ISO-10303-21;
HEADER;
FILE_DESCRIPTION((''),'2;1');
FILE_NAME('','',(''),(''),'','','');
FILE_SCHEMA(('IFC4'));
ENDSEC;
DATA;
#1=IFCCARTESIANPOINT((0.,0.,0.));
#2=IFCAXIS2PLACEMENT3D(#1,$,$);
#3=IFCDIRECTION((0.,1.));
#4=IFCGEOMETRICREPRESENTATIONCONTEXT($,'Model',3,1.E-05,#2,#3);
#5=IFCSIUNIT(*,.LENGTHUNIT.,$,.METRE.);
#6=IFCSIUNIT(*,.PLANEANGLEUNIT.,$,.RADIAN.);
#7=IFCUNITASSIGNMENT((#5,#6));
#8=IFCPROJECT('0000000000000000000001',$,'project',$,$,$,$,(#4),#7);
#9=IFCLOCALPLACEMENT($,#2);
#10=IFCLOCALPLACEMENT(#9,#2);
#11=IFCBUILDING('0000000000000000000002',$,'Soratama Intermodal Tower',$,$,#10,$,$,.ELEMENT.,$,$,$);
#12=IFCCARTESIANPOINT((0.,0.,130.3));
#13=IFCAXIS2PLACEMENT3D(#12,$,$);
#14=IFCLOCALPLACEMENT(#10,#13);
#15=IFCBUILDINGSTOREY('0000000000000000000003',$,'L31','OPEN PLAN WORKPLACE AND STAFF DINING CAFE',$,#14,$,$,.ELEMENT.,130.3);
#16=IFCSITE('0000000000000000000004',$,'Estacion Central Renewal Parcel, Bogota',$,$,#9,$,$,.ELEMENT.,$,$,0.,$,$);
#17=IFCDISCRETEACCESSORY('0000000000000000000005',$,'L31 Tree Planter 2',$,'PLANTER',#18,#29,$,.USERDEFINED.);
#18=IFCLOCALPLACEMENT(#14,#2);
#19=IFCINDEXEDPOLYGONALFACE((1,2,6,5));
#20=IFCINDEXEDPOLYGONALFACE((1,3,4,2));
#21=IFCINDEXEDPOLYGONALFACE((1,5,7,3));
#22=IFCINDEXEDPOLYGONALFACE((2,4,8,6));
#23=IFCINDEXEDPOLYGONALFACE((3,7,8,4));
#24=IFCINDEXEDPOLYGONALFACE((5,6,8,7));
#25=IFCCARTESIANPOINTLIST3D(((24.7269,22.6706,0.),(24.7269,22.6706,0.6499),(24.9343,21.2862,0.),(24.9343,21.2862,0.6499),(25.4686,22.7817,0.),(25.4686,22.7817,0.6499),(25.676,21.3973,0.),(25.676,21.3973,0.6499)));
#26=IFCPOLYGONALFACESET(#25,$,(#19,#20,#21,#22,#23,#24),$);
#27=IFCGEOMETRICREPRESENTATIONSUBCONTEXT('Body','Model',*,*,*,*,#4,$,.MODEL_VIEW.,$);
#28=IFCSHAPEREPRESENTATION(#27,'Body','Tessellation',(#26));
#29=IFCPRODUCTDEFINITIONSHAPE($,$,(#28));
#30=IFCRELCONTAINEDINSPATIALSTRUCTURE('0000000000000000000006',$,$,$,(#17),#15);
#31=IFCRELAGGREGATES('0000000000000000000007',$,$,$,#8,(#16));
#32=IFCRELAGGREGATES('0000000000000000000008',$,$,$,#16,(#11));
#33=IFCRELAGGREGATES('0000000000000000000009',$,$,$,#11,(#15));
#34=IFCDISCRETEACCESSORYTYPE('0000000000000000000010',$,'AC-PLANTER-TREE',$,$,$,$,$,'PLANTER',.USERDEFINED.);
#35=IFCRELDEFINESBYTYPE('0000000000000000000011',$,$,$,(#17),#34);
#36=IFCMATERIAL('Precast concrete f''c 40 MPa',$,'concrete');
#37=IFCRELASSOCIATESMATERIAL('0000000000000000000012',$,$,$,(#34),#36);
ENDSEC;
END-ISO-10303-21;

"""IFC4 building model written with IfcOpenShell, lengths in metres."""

from ifc_helpers import new_model, si_unit, direction, frame, origin, origin_2d, place, context, subcontext, project, spatial, rectangle, extrude, material, type_object, element, save


model = new_model("IFC4")

# Units and contexts
model_context = context("Model", 3, precision=1e-05, world=origin(), true_north=direction((0.0, 1.0)))
body_context = subcontext(model_context, "Body", "Model", "MODEL_VIEW")
ifc_project = project(units=[si_unit("LENGTHUNIT", "METRE"), si_unit("PLANEANGLEUNIT", "RADIAN")], contexts=[model_context])

# Site, building, storey
site_placement = place(None, origin())
site = spatial("IfcSite", under=ifc_project, at=site_placement, Name="Estacion Central Renewal Parcel, Bogota", CompositionType="ELEMENT", RefElevation=0.0)
building_placement = place(site_placement, origin())
building = spatial("IfcBuilding", under=site, at=building_placement, Name="Soratama Intermodal Tower", CompositionType="ELEMENT")
storey_placement = place(building_placement, frame((0.0, 0.0, 130.3)))
storey = spatial("IfcBuildingStorey", under=building, at=storey_placement, Name="L31", Description="OPEN PLAN WORKPLACE AND STAFF DINING CAFE", CompositionType="ELEMENT", Elevation=130.3)

# Discrete accessory
ifc_material_1 = material(Name="Precast concrete f'c 40 MPa", Category="concrete")
discrete_accessory_type_1 = type_object("IfcDiscreteAccessoryType", Name="AC-PLANTER-TREE", ElementType="PLANTER", PredefinedType="USERDEFINED", material=ifc_material_1)
discrete_accessory_1_placement = place(storey_placement, frame((25.2014, 22.0339, 0.0), z_axis=(0.0, 0.0, 1.0), x_axis=(-0.988964, -0.148155, 0.0)))
element("IfcDiscreteAccessory", 1, at=discrete_accessory_1_placement, inside=storey, type_object=discrete_accessory_type_1, Name="L31 Tree Planter 2", ObjectType="PLANTER", PredefinedType="USERDEFINED", context=body_context, shape_type="SweptSolid", body=[
    extrude(rectangle(XDim=0.75, YDim=1.3999, at=origin_2d()), origin(), (0.0, 0.0, 1.0), 0.6499),
])

save(model, "model.ifc")
